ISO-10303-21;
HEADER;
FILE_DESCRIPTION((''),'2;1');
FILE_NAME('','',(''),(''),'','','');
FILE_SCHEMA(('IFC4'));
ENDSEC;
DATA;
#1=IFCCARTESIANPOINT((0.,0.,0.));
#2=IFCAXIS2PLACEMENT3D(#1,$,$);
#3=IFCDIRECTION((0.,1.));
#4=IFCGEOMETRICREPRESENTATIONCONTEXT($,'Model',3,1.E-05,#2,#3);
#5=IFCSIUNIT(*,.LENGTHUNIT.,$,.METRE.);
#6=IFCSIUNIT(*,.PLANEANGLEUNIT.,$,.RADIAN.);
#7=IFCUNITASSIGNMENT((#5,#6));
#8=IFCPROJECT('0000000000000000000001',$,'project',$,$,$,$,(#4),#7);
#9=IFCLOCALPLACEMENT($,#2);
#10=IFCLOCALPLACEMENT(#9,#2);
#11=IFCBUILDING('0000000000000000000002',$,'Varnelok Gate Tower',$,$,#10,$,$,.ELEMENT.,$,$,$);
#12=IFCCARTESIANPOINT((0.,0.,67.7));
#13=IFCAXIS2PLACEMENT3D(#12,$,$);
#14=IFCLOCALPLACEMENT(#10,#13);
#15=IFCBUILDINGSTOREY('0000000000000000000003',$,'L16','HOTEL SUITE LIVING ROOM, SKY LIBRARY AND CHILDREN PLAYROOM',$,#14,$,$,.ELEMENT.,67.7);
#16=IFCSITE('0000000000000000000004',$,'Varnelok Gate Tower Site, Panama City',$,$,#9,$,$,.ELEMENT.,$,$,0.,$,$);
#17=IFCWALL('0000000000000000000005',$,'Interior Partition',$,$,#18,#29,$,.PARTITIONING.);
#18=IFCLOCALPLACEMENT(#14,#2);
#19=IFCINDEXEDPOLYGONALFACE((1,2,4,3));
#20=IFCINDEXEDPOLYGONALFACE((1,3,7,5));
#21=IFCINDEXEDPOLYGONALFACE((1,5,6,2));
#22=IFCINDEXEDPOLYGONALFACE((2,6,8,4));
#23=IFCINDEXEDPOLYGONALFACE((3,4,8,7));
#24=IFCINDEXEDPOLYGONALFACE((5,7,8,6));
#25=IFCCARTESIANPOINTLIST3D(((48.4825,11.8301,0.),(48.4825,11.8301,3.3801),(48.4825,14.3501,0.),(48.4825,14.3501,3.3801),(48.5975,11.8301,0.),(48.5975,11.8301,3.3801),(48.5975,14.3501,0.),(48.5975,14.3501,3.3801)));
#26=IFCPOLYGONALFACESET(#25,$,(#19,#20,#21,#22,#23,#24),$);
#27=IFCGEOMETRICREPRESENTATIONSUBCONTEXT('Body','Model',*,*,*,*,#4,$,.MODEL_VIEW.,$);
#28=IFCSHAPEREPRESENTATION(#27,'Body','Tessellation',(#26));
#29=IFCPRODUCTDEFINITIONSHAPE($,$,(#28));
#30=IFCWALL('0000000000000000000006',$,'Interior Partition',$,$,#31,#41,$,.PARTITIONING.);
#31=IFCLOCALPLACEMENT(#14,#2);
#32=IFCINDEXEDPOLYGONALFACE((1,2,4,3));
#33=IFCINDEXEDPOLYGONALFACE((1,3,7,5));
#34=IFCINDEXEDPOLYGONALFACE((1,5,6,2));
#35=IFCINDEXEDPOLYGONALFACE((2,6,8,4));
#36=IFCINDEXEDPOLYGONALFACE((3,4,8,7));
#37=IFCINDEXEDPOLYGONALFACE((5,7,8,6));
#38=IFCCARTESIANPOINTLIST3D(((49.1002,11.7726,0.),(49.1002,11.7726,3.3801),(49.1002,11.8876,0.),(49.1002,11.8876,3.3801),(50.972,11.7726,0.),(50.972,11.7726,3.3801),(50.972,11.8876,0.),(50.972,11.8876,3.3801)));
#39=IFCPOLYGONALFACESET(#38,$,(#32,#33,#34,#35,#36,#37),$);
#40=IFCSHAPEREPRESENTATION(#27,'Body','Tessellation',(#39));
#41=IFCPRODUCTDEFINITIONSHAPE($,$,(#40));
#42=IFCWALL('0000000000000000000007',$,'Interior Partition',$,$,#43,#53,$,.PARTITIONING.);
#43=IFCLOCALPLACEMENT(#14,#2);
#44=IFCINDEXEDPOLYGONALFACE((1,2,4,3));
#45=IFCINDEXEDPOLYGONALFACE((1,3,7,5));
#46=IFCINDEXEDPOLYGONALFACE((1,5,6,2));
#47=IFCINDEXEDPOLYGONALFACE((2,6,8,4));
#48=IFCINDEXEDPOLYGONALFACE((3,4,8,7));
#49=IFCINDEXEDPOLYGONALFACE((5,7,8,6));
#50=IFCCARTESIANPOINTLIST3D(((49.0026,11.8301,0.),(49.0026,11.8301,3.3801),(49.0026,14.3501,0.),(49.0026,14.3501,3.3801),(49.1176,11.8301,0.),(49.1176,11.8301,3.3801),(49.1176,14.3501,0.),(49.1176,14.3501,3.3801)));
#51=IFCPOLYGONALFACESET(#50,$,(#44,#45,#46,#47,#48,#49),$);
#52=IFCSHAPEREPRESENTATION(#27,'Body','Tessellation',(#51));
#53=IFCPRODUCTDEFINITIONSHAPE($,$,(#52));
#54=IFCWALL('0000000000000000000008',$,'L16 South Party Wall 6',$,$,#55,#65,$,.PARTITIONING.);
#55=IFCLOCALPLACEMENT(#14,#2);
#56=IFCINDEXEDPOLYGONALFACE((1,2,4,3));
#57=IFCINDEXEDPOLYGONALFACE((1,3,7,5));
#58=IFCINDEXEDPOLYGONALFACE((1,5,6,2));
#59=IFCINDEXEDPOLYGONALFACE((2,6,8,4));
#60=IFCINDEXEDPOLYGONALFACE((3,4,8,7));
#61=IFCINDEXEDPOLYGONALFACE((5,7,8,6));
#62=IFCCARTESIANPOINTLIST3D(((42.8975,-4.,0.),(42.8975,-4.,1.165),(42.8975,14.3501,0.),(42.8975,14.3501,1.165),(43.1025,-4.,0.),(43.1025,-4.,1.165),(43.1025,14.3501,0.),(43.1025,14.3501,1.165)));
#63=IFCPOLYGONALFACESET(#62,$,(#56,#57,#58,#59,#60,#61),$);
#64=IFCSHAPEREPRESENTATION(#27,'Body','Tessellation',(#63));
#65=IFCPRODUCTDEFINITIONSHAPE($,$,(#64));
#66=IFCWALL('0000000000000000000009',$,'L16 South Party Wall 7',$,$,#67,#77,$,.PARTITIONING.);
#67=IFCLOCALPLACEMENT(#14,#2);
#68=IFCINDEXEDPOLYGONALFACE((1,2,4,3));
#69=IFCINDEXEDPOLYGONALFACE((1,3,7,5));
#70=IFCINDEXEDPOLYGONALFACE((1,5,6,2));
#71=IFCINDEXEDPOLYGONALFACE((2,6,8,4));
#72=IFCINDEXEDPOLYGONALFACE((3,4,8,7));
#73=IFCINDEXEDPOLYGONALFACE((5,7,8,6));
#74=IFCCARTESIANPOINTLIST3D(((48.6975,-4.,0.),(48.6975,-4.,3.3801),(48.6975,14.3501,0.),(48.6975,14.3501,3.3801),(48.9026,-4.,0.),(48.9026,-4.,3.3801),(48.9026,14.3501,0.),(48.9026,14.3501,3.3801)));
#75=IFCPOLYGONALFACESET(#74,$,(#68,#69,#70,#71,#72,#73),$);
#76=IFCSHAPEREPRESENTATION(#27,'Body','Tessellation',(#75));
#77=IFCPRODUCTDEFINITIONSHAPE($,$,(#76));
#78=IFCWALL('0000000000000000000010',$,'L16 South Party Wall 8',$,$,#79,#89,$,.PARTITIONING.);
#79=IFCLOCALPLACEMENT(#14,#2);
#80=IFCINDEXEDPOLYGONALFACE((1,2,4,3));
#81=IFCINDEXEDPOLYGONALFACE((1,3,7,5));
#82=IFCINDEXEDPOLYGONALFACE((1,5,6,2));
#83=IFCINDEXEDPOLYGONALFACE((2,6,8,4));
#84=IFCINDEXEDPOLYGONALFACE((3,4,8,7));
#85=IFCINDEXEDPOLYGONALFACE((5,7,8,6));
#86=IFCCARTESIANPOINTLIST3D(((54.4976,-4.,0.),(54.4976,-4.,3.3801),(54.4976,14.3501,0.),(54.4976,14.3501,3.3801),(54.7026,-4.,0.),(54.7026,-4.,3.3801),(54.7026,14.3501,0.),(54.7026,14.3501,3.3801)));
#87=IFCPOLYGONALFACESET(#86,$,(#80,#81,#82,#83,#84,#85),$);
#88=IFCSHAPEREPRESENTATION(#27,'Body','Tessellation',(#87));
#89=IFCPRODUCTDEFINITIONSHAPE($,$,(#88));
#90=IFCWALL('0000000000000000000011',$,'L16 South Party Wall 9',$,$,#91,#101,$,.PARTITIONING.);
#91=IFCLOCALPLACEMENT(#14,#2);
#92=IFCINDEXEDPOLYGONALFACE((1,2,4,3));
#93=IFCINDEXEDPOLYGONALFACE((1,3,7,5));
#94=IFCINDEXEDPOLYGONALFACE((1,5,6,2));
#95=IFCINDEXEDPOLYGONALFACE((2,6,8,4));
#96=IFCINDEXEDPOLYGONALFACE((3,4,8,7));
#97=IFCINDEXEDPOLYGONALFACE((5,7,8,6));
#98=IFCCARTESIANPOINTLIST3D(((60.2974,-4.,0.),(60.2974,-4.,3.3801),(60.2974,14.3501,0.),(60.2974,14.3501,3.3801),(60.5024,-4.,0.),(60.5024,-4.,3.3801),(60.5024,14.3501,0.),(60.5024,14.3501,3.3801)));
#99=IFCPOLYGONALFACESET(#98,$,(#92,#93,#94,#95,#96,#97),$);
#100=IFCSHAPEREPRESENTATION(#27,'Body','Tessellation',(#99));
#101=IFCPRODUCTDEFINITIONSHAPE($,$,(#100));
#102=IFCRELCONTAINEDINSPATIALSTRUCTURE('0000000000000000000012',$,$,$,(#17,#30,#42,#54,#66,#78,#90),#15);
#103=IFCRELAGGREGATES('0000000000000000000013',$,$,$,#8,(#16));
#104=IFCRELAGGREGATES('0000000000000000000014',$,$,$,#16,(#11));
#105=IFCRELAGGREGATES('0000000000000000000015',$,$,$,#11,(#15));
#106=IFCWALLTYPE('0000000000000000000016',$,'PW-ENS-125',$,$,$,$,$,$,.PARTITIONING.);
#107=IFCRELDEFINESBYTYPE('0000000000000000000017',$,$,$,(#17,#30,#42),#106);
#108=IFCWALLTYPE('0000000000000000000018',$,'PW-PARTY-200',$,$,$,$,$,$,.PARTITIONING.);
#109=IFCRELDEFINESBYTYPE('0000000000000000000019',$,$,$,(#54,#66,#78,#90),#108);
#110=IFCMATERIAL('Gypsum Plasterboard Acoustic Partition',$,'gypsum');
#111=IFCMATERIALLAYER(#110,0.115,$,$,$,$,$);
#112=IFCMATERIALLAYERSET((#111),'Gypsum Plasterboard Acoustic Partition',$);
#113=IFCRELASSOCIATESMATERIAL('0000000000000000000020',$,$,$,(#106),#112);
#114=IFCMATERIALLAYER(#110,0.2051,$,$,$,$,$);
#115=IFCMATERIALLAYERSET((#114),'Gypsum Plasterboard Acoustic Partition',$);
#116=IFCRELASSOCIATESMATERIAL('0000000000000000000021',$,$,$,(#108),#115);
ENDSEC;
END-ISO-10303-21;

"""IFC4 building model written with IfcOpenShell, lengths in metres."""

from ifc_helpers import new_model, si_unit, direction, frame, frame_2d, origin, place, context, subcontext, project, spatial, rectangle, extrude, material, layer, layer_set, type_object, element, save


model = new_model("IFC4")

# Units and contexts
model_context = context("Model", 3, precision=1e-05, world=origin(), true_north=direction((0.0, 1.0)))
body_context = subcontext(model_context, "Body", "Model", "MODEL_VIEW")
ifc_project = project(units=[si_unit("LENGTHUNIT", "METRE"), si_unit("PLANEANGLEUNIT", "RADIAN")], contexts=[model_context])

# Site, building, storey
site_placement = place(None, origin())
site = spatial("IfcSite", under=ifc_project, at=site_placement, Name="Varnelok Gate Tower Site, Panama City", CompositionType="ELEMENT", RefElevation=0.0)
building_placement = place(site_placement, origin())
building = spatial("IfcBuilding", under=site, at=building_placement, Name="Varnelok Gate Tower", CompositionType="ELEMENT")
storey_placement = place(building_placement, frame((0.0, 0.0, 67.7)))
storey = spatial("IfcBuildingStorey", under=building, at=storey_placement, Name="L16", Description="HOTEL SUITE LIVING ROOM, SKY LIBRARY AND CHILDREN PLAYROOM", CompositionType="ELEMENT", Elevation=67.7)

# Shared definitions
ifc_material_1 = material(Name="Gypsum Plasterboard Acoustic Partition", Category="gypsum")
ifc_layer_1 = layer(ifc_material_1, 0.115)
ifc_layer_set_1 = layer_set([ifc_layer_1], Name="Gypsum Plasterboard Acoustic Partition")
wall_type_1 = type_object("IfcWallType", Name="PW-ENS-125", PredefinedType="PARTITIONING", material=ifc_layer_set_1)

# Walls
wall_1_placement = place(storey_placement, frame((48.54, 11.8301, 0.0), z_axis=(0.0, 0.0, 1.0), x_axis=(0.0, 1.0, 0.0)))
element("IfcWall", 1, at=wall_1_placement, inside=storey, type_object=wall_type_1, Name="Interior Partition", PredefinedType="PARTITIONING", context=body_context, shape_type="SweptSolid", body=[
    extrude(rectangle(XDim=2.52, YDim=0.115, at=frame_2d((1.26, 0.0))), origin(), (0.0, 0.0, 1.0), 3.3801),
])
wall_2_placement = place(storey_placement, frame((49.1001, 11.8301, 0.0), z_axis=(0.0, 0.0, 1.0), x_axis=(1.0, 0.0, 0.0)))
element("IfcWall", 2, at=wall_2_placement, inside=storey, type_object=wall_type_1, Name="Interior Partition", PredefinedType="PARTITIONING", context=body_context, shape_type="SweptSolid", body=[
    extrude(rectangle(XDim=1.8718, YDim=0.115, at=frame_2d((0.936, 0.0))), origin(), (0.0, 0.0, 1.0), 3.3801),
])
wall_3_placement = place(storey_placement, frame((49.0601, 11.8301, 0.0), z_axis=(0.0, 0.0, 1.0), x_axis=(0.0, 1.0, 0.0)))
element("IfcWall", 3, at=wall_3_placement, inside=storey, type_object=wall_type_1, Name="Interior Partition", PredefinedType="PARTITIONING", context=body_context, shape_type="SweptSolid", body=[
    extrude(rectangle(XDim=2.52, YDim=0.115, at=frame_2d((1.26, 0.0))), origin(), (0.0, 0.0, 1.0), 3.3801),
])
ifc_layer_2 = layer(ifc_material_1, 0.2051)
ifc_layer_set_2 = layer_set([ifc_layer_2], Name="Gypsum Plasterboard Acoustic Partition")
wall_type_2 = type_object("IfcWallType", Name="PW-PARTY-200", PredefinedType="PARTITIONING", material=ifc_layer_set_2)
wall_4_placement = place(storey_placement, frame((43.0, -4.0, 0.0), z_axis=(0.0, 0.0, 1.0), x_axis=(0.0, 1.0, 0.0)))
element("IfcWall", 4, at=wall_4_placement, inside=storey, type_object=wall_type_2, Name="L16 South Party Wall 6", PredefinedType="PARTITIONING", context=body_context, shape_type="SweptSolid", body=[
    extrude(rectangle(XDim=18.3501, YDim=0.2051, at=frame_2d((9.175, 0.0))), origin(), (0.0, 0.0, 1.0), 1.165),
])
for number, where, z_axis, x_axis, name in (
    (5, (48.8, -4.0, 0.0), (0.0, 0.0, 1.0), (0.0, 1.0, 0.0), "L16 South Party Wall 7"),
    (6, (54.6001, -4.0, 0.0), (0.0, 0.0, 1.0), (0.0, 1.0, 0.0), "L16 South Party Wall 8"),
    (7, (60.3999, -4.0, 0.0), (0.0, 0.0, 1.0), (0.0, 1.0, 0.0), "L16 South Party Wall 9"),
):
    element("IfcWall", number, at=place(storey_placement, frame(where, z_axis=z_axis, x_axis=x_axis)), inside=storey, type_object=wall_type_2, Name=name, PredefinedType="PARTITIONING", context=body_context, shape_type="SweptSolid", body=[
        extrude(rectangle(XDim=18.3501, YDim=0.2051, at=frame_2d((9.175, 0.0))), origin(), (0.0, 0.0, 1.0), 3.3801),
    ])

save(model, "model.ifc")
